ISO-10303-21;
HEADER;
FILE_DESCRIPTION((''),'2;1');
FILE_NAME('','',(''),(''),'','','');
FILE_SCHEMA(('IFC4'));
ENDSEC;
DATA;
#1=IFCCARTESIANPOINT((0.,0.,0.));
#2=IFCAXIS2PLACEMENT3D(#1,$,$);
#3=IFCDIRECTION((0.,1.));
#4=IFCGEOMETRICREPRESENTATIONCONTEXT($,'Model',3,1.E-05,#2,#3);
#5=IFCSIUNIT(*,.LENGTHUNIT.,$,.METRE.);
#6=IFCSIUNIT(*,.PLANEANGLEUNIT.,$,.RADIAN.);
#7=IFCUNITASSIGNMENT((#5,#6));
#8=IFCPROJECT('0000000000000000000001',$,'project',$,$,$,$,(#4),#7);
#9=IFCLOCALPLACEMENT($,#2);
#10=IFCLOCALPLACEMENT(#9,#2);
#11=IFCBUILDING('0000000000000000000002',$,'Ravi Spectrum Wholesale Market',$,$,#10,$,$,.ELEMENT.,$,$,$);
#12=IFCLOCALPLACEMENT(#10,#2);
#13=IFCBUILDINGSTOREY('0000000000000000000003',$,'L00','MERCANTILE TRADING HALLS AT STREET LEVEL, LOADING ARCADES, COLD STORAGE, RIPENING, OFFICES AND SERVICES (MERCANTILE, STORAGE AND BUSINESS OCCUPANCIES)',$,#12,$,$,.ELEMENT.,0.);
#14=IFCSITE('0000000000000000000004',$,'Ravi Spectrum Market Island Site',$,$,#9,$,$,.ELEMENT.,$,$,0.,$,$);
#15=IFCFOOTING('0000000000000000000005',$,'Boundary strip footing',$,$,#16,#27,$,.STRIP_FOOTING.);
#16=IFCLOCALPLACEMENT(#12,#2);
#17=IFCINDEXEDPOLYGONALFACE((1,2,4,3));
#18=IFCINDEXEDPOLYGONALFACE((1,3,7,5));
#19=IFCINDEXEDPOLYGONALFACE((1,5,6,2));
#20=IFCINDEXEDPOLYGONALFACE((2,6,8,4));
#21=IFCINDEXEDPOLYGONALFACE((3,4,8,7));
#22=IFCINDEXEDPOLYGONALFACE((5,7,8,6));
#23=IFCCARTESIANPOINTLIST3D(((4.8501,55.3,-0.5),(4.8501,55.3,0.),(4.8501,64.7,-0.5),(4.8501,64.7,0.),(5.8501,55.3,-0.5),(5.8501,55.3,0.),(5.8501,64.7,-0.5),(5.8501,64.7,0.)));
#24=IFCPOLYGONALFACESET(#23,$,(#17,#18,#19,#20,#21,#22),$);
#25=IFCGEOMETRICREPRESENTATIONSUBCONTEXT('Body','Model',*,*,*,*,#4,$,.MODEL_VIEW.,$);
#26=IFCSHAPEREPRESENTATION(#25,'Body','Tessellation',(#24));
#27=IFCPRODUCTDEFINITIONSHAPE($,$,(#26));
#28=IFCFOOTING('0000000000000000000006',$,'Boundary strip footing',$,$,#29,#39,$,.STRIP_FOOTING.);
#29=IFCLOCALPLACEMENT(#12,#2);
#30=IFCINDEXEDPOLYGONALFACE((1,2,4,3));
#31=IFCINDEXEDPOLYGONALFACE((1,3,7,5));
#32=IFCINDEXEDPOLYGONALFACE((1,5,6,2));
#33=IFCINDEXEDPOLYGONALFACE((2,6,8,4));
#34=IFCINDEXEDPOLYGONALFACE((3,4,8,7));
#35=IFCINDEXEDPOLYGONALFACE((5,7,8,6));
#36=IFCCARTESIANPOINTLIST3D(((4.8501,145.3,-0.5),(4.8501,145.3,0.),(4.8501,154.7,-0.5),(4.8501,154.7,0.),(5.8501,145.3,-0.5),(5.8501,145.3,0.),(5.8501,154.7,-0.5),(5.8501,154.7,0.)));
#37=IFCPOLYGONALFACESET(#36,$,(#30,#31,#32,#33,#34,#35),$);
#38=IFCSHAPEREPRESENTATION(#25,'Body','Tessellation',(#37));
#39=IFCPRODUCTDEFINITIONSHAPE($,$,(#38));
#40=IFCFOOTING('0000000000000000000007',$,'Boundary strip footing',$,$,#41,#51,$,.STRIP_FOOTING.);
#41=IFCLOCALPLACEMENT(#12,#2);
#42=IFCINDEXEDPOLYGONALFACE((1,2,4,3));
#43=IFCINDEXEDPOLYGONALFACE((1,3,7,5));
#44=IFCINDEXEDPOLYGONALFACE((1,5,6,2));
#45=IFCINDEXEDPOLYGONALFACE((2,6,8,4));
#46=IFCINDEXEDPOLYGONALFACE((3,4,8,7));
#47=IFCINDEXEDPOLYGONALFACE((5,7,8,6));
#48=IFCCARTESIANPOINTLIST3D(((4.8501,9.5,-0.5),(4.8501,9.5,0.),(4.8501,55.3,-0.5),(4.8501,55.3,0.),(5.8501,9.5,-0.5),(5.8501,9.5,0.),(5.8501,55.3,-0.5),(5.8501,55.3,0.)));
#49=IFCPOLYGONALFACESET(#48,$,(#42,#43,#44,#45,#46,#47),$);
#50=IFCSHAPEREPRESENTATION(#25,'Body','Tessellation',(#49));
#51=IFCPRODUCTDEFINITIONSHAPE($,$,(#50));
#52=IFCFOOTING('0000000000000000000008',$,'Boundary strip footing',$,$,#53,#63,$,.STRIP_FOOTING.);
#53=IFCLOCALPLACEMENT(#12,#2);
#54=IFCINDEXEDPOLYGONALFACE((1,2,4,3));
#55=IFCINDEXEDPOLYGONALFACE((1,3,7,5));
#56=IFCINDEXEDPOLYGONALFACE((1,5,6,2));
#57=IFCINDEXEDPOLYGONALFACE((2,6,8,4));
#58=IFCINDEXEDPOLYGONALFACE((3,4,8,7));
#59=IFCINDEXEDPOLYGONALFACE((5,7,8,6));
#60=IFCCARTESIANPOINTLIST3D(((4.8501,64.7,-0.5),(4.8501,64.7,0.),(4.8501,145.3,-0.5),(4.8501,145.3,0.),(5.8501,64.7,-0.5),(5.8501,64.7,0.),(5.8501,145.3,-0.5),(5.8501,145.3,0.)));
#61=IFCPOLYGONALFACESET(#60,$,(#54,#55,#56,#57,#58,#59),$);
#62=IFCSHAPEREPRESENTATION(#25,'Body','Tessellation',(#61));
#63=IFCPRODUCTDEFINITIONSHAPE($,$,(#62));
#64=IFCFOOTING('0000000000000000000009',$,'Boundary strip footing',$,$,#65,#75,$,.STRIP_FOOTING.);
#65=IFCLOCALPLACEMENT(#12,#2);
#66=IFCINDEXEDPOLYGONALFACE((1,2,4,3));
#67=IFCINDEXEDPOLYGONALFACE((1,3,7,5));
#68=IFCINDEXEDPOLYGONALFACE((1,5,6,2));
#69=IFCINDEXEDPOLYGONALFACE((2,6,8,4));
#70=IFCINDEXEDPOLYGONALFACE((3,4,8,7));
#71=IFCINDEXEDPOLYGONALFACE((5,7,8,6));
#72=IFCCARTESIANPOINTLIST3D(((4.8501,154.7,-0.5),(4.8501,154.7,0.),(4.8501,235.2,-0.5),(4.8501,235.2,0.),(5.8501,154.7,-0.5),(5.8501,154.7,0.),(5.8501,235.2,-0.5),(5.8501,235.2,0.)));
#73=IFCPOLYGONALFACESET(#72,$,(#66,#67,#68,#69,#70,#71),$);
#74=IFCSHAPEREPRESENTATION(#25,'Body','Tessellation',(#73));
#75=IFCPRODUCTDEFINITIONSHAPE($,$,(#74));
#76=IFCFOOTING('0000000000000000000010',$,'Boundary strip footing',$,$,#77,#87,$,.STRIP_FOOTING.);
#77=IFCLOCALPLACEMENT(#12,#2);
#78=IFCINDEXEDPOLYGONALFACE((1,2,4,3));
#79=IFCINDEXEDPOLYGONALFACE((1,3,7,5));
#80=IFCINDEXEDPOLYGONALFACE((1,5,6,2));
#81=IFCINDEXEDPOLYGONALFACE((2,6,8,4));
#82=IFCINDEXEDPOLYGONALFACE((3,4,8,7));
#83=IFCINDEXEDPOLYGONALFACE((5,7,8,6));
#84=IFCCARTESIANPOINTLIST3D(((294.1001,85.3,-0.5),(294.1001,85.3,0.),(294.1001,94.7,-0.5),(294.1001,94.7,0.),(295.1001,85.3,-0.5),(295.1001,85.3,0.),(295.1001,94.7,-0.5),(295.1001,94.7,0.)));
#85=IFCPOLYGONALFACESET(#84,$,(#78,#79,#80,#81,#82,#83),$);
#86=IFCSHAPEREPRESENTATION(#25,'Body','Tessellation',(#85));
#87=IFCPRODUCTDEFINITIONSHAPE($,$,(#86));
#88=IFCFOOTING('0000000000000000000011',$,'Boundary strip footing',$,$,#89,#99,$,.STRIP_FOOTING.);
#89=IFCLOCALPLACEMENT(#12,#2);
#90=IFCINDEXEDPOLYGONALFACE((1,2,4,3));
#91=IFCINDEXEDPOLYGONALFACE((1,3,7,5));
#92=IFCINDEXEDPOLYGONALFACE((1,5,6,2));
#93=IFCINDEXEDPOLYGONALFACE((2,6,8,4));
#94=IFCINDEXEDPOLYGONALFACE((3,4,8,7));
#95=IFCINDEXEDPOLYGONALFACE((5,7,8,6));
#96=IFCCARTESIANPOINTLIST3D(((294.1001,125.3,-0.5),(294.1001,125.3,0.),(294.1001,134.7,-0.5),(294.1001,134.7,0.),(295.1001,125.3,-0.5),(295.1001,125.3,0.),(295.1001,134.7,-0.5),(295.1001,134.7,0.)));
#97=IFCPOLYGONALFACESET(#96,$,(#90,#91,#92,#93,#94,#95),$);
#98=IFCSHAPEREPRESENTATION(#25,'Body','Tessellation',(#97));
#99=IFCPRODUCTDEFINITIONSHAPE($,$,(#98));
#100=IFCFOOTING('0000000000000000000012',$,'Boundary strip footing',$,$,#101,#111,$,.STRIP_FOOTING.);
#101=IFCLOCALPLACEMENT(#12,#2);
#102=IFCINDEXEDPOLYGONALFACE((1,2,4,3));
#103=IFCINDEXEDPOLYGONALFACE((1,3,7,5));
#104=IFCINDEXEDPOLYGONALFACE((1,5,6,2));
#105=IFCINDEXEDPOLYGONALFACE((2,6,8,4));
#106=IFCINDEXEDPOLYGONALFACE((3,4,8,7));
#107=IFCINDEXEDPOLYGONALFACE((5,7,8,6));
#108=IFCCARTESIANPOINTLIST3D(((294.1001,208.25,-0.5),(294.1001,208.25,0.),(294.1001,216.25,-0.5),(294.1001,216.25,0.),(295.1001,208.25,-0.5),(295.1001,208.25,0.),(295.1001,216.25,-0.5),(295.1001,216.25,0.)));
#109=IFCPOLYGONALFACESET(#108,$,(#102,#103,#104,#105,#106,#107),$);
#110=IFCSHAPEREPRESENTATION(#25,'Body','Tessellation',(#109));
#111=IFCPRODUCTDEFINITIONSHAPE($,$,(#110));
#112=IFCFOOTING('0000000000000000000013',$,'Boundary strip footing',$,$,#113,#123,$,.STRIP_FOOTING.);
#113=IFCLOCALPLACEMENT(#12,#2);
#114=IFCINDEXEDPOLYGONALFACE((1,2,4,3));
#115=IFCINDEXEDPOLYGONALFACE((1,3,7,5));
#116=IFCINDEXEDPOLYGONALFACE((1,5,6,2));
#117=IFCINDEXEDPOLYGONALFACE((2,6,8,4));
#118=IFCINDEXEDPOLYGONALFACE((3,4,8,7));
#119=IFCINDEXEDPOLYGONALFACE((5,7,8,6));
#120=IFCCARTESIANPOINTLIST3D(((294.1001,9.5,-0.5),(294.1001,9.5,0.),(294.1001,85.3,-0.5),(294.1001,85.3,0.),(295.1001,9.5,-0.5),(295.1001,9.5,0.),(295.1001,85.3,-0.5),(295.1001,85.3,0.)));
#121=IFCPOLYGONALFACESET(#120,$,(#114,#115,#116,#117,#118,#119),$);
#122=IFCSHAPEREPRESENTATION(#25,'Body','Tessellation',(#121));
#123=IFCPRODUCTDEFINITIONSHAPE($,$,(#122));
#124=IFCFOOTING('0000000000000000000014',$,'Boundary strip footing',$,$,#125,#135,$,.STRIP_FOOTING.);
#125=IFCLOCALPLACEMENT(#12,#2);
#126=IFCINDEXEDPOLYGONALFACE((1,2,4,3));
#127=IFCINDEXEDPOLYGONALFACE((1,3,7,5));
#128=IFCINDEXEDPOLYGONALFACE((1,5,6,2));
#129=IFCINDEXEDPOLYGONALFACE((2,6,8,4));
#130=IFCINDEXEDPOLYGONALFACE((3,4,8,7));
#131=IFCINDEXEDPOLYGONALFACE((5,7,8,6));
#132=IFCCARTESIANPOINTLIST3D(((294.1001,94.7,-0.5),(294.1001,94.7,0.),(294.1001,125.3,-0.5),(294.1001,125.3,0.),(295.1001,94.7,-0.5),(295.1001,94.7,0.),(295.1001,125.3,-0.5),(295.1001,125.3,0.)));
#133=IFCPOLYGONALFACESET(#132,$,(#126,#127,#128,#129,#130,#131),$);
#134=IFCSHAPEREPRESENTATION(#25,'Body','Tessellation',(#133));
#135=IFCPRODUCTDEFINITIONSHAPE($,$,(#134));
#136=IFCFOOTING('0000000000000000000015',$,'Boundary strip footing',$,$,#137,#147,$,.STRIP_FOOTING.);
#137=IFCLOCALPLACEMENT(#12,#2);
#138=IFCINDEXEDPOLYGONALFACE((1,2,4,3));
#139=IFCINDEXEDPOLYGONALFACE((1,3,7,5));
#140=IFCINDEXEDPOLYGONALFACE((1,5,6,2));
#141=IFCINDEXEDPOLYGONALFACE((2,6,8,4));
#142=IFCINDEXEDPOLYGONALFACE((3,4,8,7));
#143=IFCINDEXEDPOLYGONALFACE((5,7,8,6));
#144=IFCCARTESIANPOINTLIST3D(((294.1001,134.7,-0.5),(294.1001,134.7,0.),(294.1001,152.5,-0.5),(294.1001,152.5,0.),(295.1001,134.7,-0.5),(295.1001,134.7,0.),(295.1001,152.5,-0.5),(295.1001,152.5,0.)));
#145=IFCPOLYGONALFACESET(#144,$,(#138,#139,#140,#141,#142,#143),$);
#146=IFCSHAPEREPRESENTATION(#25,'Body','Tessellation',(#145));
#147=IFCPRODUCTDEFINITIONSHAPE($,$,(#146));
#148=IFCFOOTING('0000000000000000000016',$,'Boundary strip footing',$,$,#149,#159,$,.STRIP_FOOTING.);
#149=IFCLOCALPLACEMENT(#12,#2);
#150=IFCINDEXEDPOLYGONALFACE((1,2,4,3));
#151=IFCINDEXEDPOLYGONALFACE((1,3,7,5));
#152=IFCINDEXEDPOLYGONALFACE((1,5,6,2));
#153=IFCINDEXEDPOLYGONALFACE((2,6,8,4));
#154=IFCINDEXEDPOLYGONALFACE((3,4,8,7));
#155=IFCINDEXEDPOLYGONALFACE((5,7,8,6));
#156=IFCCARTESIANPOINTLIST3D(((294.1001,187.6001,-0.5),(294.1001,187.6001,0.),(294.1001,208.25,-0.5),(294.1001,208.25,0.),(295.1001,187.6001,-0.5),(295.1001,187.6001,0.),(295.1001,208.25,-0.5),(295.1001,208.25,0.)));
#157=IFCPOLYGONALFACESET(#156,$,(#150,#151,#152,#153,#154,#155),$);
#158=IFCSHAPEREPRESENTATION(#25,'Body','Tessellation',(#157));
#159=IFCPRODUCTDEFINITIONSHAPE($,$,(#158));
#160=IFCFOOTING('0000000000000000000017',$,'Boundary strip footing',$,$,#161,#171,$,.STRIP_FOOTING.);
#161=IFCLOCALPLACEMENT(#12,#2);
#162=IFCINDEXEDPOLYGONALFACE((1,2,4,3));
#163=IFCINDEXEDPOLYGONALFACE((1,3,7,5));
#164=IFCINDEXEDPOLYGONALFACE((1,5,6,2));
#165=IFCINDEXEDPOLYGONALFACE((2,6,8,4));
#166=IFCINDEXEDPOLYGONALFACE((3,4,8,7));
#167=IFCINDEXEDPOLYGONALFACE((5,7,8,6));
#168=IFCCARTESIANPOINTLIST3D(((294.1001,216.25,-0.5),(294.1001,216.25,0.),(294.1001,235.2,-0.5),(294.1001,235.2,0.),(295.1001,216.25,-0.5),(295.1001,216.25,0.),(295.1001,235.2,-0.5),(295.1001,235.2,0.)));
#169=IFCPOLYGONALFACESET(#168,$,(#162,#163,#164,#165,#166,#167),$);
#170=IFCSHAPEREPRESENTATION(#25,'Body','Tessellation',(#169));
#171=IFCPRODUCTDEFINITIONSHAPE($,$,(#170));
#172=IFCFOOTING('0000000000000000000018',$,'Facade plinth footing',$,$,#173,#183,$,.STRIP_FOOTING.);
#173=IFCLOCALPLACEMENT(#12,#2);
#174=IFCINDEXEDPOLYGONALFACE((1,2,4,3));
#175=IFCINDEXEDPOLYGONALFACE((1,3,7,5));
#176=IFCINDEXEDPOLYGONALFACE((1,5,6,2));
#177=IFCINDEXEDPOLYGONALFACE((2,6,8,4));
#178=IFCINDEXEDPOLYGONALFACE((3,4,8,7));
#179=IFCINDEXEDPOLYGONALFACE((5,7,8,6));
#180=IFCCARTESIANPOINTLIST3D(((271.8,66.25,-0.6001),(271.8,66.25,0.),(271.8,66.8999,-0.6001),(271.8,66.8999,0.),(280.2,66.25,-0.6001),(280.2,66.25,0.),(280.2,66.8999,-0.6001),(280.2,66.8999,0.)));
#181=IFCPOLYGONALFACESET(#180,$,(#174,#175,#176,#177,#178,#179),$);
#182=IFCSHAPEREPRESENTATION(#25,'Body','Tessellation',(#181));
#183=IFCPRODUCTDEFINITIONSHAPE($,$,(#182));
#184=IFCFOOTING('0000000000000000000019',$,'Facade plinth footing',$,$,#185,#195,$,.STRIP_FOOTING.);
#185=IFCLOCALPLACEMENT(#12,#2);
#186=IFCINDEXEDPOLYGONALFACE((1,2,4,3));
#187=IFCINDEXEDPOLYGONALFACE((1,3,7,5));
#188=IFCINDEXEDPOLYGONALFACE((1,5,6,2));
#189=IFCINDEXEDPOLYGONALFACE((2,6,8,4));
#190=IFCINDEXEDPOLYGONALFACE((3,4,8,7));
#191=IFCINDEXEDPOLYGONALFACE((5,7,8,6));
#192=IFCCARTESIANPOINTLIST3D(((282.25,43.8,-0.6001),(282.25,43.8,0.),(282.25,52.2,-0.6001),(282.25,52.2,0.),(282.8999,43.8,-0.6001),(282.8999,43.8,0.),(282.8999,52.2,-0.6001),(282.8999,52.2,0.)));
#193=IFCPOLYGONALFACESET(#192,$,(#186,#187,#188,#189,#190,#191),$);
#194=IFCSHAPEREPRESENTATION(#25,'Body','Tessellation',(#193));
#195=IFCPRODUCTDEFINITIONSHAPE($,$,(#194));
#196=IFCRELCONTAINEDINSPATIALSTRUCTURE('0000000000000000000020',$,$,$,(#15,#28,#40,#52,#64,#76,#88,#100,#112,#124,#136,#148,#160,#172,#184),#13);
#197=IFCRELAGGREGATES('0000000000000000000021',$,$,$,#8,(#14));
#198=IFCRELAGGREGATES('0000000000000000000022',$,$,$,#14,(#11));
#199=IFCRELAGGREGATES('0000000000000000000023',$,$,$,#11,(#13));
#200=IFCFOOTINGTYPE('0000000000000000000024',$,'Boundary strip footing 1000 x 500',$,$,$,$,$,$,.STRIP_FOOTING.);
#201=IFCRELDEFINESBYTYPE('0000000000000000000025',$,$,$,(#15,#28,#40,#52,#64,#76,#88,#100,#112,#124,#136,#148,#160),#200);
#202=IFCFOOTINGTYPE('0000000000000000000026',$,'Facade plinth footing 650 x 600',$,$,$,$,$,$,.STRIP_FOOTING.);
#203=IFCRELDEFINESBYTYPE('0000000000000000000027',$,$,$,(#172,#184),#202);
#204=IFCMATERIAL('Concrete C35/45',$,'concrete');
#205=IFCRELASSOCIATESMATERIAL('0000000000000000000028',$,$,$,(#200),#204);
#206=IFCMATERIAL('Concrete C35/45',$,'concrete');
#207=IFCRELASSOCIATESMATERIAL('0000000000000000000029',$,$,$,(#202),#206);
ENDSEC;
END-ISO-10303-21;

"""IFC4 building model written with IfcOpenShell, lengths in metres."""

from ifc_helpers import new_model, si_unit, direction, frame, origin, place, context, subcontext, project, spatial, polyline, outline, extrude, material, type_object, element, save


model = new_model("IFC4")

# Units and contexts
model_context = context("Model", 3, precision=1e-05, world=origin(), true_north=direction((0.0, 1.0)))
body_context = subcontext(model_context, "Body", "Model", "MODEL_VIEW")
ifc_project = project(units=[si_unit("LENGTHUNIT", "METRE"), si_unit("PLANEANGLEUNIT", "RADIAN")], contexts=[model_context])

# Site, building, storey
site_placement = place(None, origin())
site = spatial("IfcSite", under=ifc_project, at=site_placement, Name="Ravi Spectrum Market Island Site", CompositionType="ELEMENT", RefElevation=0.0)
building_placement = place(site_placement, origin())
building = spatial("IfcBuilding", under=site, at=building_placement, Name="Ravi Spectrum Wholesale Market", CompositionType="ELEMENT")
storey_placement = place(building_placement, origin())
storey = spatial("IfcBuildingStorey", under=building, at=storey_placement, Name="L00", Description="MERCANTILE TRADING HALLS AT STREET LEVEL, LOADING ARCADES, COLD STORAGE, RIPENING, OFFICES AND SERVICES (MERCANTILE, STORAGE AND BUSINESS OCCUPANCIES)", CompositionType="ELEMENT", Elevation=0.0)

# Footings
ifc_material_1 = material(Name="Concrete C35/45", Category="concrete")
footing_type_1 = type_object("IfcFootingType", Name="Boundary strip footing 1000 x 500", PredefinedType="STRIP_FOOTING", material=ifc_material_1)
footing_1_placement = place(storey_placement, frame((0.0, 0.0, -0.5)))
element("IfcFooting", 1, at=footing_1_placement, inside=storey, type_object=footing_type_1, Name="Boundary strip footing", PredefinedType="STRIP_FOOTING", context=body_context, shape_type="SweptSolid", body=[
    extrude(outline(polyline([(4.8501, 55.3), (5.8501, 55.3), (5.8501, 64.7), (4.8501, 64.7), (4.8501, 55.3)])), origin(), (0.0, 0.0, 1.0), 0.5),
])
footing_2_placement = place(storey_placement, frame((0.0, 0.0, -0.5)))
element("IfcFooting", 2, at=footing_2_placement, inside=storey, type_object=footing_type_1, Name="Boundary strip footing", PredefinedType="STRIP_FOOTING", context=body_context, shape_type="SweptSolid", body=[
    extrude(outline(polyline([(4.8501, 145.3), (5.8501, 145.3), (5.8501, 154.7), (4.8501, 154.7), (4.8501, 145.3)])), origin(), (0.0, 0.0, 1.0), 0.5),
])
footing_3_placement = place(storey_placement, frame((0.0, 0.0, -0.5)))
element("IfcFooting", 3, at=footing_3_placement, inside=storey, type_object=footing_type_1, Name="Boundary strip footing", PredefinedType="STRIP_FOOTING", context=body_context, shape_type="SweptSolid", body=[
    extrude(outline(polyline([(4.8501, 9.5), (5.8501, 9.5), (5.8501, 55.3), (4.8501, 55.3), (4.8501, 9.5)])), origin(), (0.0, 0.0, 1.0), 0.5),
])
footing_4_placement = place(storey_placement, frame((0.0, 0.0, -0.5)))
element("IfcFooting", 4, at=footing_4_placement, inside=storey, type_object=footing_type_1, Name="Boundary strip footing", PredefinedType="STRIP_FOOTING", context=body_context, shape_type="SweptSolid", body=[
    extrude(outline(polyline([(4.8501, 64.7), (5.8501, 64.7), (5.8501, 145.3), (4.8501, 145.3), (4.8501, 64.7)])), origin(), (0.0, 0.0, 1.0), 0.5),
])
footing_5_placement = place(storey_placement, frame((0.0, 0.0, -0.5)))
element("IfcFooting", 5, at=footing_5_placement, inside=storey, type_object=footing_type_1, Name="Boundary strip footing", PredefinedType="STRIP_FOOTING", context=body_context, shape_type="SweptSolid", body=[
    extrude(outline(polyline([(4.8501, 154.7), (5.8501, 154.7), (5.8501, 235.2), (4.8501, 235.2), (4.8501, 154.7)])), origin(), (0.0, 0.0, 1.0), 0.5),
])
footing_6_placement = place(storey_placement, frame((0.0, 0.0, -0.5)))
element("IfcFooting", 6, at=footing_6_placement, inside=storey, type_object=footing_type_1, Name="Boundary strip footing", PredefinedType="STRIP_FOOTING", context=body_context, shape_type="SweptSolid", body=[
    extrude(outline(polyline([(294.1001, 85.3), (295.1001, 85.3), (295.1001, 94.7), (294.1001, 94.7), (294.1001, 85.3)])), origin(), (0.0, 0.0, 1.0), 0.5),
])
footing_7_placement = place(storey_placement, frame((0.0, 0.0, -0.5)))
element("IfcFooting", 7, at=footing_7_placement, inside=storey, type_object=footing_type_1, Name="Boundary strip footing", PredefinedType="STRIP_FOOTING", context=body_context, shape_type="SweptSolid", body=[
    extrude(outline(polyline([(294.1001, 125.3), (295.1001, 125.3), (295.1001, 134.7), (294.1001, 134.7), (294.1001, 125.3)])), origin(), (0.0, 0.0, 1.0), 0.5),
])
footing_8_placement = place(storey_placement, frame((0.0, 0.0, -0.5)))
element("IfcFooting", 8, at=footing_8_placement, inside=storey, type_object=footing_type_1, Name="Boundary strip footing", PredefinedType="STRIP_FOOTING", context=body_context, shape_type="SweptSolid", body=[
    extrude(outline(polyline([(294.1001, 208.25), (295.1001, 208.25), (295.1001, 216.25), (294.1001, 216.25), (294.1001, 208.25)])), origin(), (0.0, 0.0, 1.0), 0.5),
])
footing_9_placement = place(storey_placement, frame((0.0, 0.0, -0.5)))
element("IfcFooting", 9, at=footing_9_placement, inside=storey, type_object=footing_type_1, Name="Boundary strip footing", PredefinedType="STRIP_FOOTING", context=body_context, shape_type="SweptSolid", body=[
    extrude(outline(polyline([(294.1001, 9.5), (295.1001, 9.5), (295.1001, 85.3), (294.1001, 85.3), (294.1001, 9.5)])), origin(), (0.0, 0.0, 1.0), 0.5),
])
footing_10_placement = place(storey_placement, frame((0.0, 0.0, -0.5)))
element("IfcFooting", 10, at=footing_10_placement, inside=storey, type_object=footing_type_1, Name="Boundary strip footing", PredefinedType="STRIP_FOOTING", context=body_context, shape_type="SweptSolid", body=[
    extrude(outline(polyline([(294.1001, 94.7), (295.1001, 94.7), (295.1001, 125.3), (294.1001, 125.3), (294.1001, 94.7)])), origin(), (0.0, 0.0, 1.0), 0.5),
])
footing_11_placement = place(storey_placement, frame((0.0, 0.0, -0.5)))
element("IfcFooting", 11, at=footing_11_placement, inside=storey, type_object=footing_type_1, Name="Boundary strip footing", PredefinedType="STRIP_FOOTING", context=body_context, shape_type="SweptSolid", body=[
    extrude(outline(polyline([(294.1001, 134.7), (295.1001, 134.7), (295.1001, 152.5), (294.1001, 152.5), (294.1001, 134.7)])), origin(), (0.0, 0.0, 1.0), 0.5),
])
footing_12_placement = place(storey_placement, frame((0.0, 0.0, -0.5)))
element("IfcFooting", 12, at=footing_12_placement, inside=storey, type_object=footing_type_1, Name="Boundary strip footing", PredefinedType="STRIP_FOOTING", context=body_context, shape_type="SweptSolid", body=[
    extrude(outline(polyline([(294.1001, 187.6001), (295.1001, 187.6001), (295.1001, 208.25), (294.1001, 208.25), (294.1001, 187.6001)])), origin(), (0.0, 0.0, 1.0), 0.5),
])
footing_13_placement = place(storey_placement, frame((0.0, 0.0, -0.5)))
element("IfcFooting", 13, at=footing_13_placement, inside=storey, type_object=footing_type_1, Name="Boundary strip footing", PredefinedType="STRIP_FOOTING", context=body_context, shape_type="SweptSolid", body=[
    extrude(outline(polyline([(294.1001, 216.25), (295.1001, 216.25), (295.1001, 235.2), (294.1001, 235.2), (294.1001, 216.25)])), origin(), (0.0, 0.0, 1.0), 0.5),
])
ifc_material_2 = material(Name="Concrete C35/45", Category="concrete")
footing_type_2 = type_object("IfcFootingType", Name="Facade plinth footing 650 x 600", PredefinedType="STRIP_FOOTING", material=ifc_material_2)
footing_14_placement = place(storey_placement, frame((0.0, 0.0, -0.6001)))
element("IfcFooting", 14, at=footing_14_placement, inside=storey, type_object=footing_type_2, Name="Facade plinth footing", PredefinedType="STRIP_FOOTING", context=body_context, shape_type="SweptSolid", body=[
    extrude(outline(polyline([(271.8, 66.8999), (280.2, 66.8999), (280.2, 66.25), (271.8, 66.25), (271.8, 66.8999)])), origin(), (0.0, 0.0, 1.0), 0.6001),
])
footing_15_placement = place(storey_placement, frame((0.0, 0.0, -0.6001)))
element("IfcFooting", 15, at=footing_15_placement, inside=storey, type_object=footing_type_2, Name="Facade plinth footing", PredefinedType="STRIP_FOOTING", context=body_context, shape_type="SweptSolid", body=[
    extrude(outline(polyline([(282.25, 52.2), (282.8999, 52.2), (282.8999, 43.8), (282.25, 43.8), (282.25, 52.2)])), origin(), (0.0, 0.0, 1.0), 0.6001),
])

save(model, "model.ifc")
